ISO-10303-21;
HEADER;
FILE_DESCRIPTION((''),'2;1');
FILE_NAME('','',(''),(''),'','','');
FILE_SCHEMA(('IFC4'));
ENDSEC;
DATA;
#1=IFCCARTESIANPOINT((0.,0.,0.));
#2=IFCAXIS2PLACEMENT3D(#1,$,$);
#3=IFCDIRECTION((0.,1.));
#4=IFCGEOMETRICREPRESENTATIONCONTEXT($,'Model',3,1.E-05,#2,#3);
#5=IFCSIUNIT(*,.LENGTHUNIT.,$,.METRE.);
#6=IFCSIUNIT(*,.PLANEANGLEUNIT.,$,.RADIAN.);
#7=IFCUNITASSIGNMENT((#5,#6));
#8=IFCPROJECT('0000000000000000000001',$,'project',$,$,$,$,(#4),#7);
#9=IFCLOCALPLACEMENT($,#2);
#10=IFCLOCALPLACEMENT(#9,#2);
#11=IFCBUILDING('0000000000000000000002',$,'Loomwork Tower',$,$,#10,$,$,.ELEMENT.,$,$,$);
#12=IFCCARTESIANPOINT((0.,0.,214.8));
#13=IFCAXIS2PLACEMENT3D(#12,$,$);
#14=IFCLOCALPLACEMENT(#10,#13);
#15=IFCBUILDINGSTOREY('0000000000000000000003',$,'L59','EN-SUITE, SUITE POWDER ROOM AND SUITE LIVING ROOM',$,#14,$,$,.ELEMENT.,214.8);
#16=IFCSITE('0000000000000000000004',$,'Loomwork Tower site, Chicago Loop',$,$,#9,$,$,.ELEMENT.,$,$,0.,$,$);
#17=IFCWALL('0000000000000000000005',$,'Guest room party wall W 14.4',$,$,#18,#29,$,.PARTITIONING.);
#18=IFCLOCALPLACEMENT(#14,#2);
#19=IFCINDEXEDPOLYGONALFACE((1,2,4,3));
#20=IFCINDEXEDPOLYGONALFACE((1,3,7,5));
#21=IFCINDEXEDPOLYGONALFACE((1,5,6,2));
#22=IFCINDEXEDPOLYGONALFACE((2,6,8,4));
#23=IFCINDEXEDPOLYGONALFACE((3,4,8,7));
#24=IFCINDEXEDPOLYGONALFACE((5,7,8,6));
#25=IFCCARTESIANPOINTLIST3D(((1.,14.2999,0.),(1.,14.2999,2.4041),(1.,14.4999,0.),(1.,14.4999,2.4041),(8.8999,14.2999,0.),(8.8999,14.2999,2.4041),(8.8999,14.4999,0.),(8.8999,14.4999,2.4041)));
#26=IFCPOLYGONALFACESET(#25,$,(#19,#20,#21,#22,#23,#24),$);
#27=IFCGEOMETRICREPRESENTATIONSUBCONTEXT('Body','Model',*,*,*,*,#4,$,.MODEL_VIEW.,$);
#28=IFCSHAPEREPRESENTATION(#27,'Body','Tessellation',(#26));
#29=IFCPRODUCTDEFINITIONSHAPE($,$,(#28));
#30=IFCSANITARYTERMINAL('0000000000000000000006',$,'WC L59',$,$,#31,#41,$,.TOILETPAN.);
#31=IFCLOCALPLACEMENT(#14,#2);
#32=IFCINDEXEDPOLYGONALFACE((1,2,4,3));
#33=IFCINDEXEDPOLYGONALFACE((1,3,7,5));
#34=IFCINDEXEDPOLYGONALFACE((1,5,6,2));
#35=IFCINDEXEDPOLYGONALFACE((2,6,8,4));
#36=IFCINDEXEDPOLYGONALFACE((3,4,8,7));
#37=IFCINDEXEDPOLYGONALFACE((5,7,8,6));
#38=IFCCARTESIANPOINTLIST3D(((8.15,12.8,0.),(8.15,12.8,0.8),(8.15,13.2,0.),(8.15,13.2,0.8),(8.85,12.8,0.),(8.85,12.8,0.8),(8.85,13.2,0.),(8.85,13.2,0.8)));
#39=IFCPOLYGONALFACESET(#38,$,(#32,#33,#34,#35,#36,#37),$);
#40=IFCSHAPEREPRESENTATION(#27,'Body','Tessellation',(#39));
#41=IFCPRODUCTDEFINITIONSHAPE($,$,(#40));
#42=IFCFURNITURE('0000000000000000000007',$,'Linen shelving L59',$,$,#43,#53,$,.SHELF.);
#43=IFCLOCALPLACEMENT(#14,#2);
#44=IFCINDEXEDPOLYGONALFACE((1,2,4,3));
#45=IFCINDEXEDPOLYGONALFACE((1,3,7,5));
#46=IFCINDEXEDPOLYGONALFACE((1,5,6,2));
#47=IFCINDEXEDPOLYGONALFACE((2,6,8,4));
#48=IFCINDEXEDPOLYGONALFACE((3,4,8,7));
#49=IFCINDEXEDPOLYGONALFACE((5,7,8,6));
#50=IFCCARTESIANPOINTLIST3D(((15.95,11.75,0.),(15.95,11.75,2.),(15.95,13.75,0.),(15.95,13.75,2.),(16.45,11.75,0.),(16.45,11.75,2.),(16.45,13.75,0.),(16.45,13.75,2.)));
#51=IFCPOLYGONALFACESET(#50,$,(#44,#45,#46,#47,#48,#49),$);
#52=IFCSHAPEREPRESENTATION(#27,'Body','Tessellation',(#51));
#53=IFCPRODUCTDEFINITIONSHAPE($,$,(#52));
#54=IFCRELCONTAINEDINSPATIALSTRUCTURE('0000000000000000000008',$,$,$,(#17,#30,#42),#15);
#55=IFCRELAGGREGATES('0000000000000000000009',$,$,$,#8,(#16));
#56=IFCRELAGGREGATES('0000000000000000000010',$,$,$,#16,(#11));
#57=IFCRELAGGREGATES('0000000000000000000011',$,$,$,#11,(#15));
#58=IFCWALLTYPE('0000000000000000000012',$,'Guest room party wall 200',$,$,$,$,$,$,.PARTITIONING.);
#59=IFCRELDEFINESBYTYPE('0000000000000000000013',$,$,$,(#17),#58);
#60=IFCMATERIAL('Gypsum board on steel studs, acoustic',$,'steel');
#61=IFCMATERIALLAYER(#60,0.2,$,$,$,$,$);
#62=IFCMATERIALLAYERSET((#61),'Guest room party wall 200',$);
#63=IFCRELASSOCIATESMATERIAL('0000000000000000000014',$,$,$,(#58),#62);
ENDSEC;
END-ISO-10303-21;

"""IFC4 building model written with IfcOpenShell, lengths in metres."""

from ifc_helpers import new_model, si_unit, direction, frame, frame_2d, origin, origin_2d, place, context, subcontext, project, spatial, rectangle, extrude, material, layer, layer_set, type_object, element, save


model = new_model("IFC4")

# Units and contexts
model_context = context("Model", 3, precision=1e-05, world=origin(), true_north=direction((0.0, 1.0)))
body_context = subcontext(model_context, "Body", "Model", "MODEL_VIEW")
ifc_project = project(units=[si_unit("LENGTHUNIT", "METRE"), si_unit("PLANEANGLEUNIT", "RADIAN")], contexts=[model_context])

# Site, building, storey
site_placement = place(None, origin())
site = spatial("IfcSite", under=ifc_project, at=site_placement, Name="Loomwork Tower site, Chicago Loop", CompositionType="ELEMENT", RefElevation=0.0)
building_placement = place(site_placement, origin())
building = spatial("IfcBuilding", under=site, at=building_placement, Name="Loomwork Tower", CompositionType="ELEMENT")
storey_placement = place(building_placement, frame((0.0, 0.0, 214.8)))
storey = spatial("IfcBuildingStorey", under=building, at=storey_placement, Name="L59", Description="EN-SUITE, SUITE POWDER ROOM AND SUITE LIVING ROOM", CompositionType="ELEMENT", Elevation=214.8)

# Wall
ifc_material_1 = material(Name="Gypsum board on steel studs, acoustic", Category="steel")
ifc_layer_1 = layer(ifc_material_1, 0.2)
ifc_layer_set_1 = layer_set([ifc_layer_1], Name="Guest room party wall 200")
wall_type_1 = type_object("IfcWallType", Name="Guest room party wall 200", PredefinedType="PARTITIONING", material=ifc_layer_set_1)
wall_1_placement = place(storey_placement, frame((8.8999, 14.3999, 0.0), z_axis=(0.0, 0.0, 1.0), x_axis=(-1.0, 0.0, 0.0)))
element("IfcWall", 1, at=wall_1_placement, inside=storey, type_object=wall_type_1, Name="Guest room party wall W 14.4", PredefinedType="PARTITIONING", context=body_context, shape_type="SweptSolid", body=[
    extrude(rectangle(XDim=7.8999, YDim=0.2, at=frame_2d((3.95, 0.0))), origin(), (0.0, 0.0, 1.0), 2.4041),
])

# Sanitary terminal
sanitary_terminal_placement = place(storey_placement, frame((8.5, 13.0, 0.0), z_axis=(0.0, 0.0, 1.0), x_axis=(1.0, 0.0, 0.0)))
element("IfcSanitaryTerminal", 2, at=sanitary_terminal_placement, inside=storey, Name="WC L59", PredefinedType="TOILETPAN", context=body_context, shape_type="SweptSolid", body=[
    extrude(rectangle(XDim=0.7, YDim=0.3999, at=origin_2d()), origin(), (0.0, 0.0, 1.0), 0.8),
])

# Furniture
furniture_placement = place(storey_placement, frame((16.2, 12.75, 0.0), z_axis=(0.0, 0.0, 1.0), x_axis=(1.0, 0.0, 0.0)))
element("IfcFurniture", 3, at=furniture_placement, inside=storey, Name="Linen shelving L59", PredefinedType="SHELF", context=body_context, shape_type="SweptSolid", body=[
    extrude(rectangle(XDim=0.5, YDim=2.0, at=origin_2d()), origin(), (0.0, 0.0, 1.0), 2.0),
])

save(model, "model.ifc")
